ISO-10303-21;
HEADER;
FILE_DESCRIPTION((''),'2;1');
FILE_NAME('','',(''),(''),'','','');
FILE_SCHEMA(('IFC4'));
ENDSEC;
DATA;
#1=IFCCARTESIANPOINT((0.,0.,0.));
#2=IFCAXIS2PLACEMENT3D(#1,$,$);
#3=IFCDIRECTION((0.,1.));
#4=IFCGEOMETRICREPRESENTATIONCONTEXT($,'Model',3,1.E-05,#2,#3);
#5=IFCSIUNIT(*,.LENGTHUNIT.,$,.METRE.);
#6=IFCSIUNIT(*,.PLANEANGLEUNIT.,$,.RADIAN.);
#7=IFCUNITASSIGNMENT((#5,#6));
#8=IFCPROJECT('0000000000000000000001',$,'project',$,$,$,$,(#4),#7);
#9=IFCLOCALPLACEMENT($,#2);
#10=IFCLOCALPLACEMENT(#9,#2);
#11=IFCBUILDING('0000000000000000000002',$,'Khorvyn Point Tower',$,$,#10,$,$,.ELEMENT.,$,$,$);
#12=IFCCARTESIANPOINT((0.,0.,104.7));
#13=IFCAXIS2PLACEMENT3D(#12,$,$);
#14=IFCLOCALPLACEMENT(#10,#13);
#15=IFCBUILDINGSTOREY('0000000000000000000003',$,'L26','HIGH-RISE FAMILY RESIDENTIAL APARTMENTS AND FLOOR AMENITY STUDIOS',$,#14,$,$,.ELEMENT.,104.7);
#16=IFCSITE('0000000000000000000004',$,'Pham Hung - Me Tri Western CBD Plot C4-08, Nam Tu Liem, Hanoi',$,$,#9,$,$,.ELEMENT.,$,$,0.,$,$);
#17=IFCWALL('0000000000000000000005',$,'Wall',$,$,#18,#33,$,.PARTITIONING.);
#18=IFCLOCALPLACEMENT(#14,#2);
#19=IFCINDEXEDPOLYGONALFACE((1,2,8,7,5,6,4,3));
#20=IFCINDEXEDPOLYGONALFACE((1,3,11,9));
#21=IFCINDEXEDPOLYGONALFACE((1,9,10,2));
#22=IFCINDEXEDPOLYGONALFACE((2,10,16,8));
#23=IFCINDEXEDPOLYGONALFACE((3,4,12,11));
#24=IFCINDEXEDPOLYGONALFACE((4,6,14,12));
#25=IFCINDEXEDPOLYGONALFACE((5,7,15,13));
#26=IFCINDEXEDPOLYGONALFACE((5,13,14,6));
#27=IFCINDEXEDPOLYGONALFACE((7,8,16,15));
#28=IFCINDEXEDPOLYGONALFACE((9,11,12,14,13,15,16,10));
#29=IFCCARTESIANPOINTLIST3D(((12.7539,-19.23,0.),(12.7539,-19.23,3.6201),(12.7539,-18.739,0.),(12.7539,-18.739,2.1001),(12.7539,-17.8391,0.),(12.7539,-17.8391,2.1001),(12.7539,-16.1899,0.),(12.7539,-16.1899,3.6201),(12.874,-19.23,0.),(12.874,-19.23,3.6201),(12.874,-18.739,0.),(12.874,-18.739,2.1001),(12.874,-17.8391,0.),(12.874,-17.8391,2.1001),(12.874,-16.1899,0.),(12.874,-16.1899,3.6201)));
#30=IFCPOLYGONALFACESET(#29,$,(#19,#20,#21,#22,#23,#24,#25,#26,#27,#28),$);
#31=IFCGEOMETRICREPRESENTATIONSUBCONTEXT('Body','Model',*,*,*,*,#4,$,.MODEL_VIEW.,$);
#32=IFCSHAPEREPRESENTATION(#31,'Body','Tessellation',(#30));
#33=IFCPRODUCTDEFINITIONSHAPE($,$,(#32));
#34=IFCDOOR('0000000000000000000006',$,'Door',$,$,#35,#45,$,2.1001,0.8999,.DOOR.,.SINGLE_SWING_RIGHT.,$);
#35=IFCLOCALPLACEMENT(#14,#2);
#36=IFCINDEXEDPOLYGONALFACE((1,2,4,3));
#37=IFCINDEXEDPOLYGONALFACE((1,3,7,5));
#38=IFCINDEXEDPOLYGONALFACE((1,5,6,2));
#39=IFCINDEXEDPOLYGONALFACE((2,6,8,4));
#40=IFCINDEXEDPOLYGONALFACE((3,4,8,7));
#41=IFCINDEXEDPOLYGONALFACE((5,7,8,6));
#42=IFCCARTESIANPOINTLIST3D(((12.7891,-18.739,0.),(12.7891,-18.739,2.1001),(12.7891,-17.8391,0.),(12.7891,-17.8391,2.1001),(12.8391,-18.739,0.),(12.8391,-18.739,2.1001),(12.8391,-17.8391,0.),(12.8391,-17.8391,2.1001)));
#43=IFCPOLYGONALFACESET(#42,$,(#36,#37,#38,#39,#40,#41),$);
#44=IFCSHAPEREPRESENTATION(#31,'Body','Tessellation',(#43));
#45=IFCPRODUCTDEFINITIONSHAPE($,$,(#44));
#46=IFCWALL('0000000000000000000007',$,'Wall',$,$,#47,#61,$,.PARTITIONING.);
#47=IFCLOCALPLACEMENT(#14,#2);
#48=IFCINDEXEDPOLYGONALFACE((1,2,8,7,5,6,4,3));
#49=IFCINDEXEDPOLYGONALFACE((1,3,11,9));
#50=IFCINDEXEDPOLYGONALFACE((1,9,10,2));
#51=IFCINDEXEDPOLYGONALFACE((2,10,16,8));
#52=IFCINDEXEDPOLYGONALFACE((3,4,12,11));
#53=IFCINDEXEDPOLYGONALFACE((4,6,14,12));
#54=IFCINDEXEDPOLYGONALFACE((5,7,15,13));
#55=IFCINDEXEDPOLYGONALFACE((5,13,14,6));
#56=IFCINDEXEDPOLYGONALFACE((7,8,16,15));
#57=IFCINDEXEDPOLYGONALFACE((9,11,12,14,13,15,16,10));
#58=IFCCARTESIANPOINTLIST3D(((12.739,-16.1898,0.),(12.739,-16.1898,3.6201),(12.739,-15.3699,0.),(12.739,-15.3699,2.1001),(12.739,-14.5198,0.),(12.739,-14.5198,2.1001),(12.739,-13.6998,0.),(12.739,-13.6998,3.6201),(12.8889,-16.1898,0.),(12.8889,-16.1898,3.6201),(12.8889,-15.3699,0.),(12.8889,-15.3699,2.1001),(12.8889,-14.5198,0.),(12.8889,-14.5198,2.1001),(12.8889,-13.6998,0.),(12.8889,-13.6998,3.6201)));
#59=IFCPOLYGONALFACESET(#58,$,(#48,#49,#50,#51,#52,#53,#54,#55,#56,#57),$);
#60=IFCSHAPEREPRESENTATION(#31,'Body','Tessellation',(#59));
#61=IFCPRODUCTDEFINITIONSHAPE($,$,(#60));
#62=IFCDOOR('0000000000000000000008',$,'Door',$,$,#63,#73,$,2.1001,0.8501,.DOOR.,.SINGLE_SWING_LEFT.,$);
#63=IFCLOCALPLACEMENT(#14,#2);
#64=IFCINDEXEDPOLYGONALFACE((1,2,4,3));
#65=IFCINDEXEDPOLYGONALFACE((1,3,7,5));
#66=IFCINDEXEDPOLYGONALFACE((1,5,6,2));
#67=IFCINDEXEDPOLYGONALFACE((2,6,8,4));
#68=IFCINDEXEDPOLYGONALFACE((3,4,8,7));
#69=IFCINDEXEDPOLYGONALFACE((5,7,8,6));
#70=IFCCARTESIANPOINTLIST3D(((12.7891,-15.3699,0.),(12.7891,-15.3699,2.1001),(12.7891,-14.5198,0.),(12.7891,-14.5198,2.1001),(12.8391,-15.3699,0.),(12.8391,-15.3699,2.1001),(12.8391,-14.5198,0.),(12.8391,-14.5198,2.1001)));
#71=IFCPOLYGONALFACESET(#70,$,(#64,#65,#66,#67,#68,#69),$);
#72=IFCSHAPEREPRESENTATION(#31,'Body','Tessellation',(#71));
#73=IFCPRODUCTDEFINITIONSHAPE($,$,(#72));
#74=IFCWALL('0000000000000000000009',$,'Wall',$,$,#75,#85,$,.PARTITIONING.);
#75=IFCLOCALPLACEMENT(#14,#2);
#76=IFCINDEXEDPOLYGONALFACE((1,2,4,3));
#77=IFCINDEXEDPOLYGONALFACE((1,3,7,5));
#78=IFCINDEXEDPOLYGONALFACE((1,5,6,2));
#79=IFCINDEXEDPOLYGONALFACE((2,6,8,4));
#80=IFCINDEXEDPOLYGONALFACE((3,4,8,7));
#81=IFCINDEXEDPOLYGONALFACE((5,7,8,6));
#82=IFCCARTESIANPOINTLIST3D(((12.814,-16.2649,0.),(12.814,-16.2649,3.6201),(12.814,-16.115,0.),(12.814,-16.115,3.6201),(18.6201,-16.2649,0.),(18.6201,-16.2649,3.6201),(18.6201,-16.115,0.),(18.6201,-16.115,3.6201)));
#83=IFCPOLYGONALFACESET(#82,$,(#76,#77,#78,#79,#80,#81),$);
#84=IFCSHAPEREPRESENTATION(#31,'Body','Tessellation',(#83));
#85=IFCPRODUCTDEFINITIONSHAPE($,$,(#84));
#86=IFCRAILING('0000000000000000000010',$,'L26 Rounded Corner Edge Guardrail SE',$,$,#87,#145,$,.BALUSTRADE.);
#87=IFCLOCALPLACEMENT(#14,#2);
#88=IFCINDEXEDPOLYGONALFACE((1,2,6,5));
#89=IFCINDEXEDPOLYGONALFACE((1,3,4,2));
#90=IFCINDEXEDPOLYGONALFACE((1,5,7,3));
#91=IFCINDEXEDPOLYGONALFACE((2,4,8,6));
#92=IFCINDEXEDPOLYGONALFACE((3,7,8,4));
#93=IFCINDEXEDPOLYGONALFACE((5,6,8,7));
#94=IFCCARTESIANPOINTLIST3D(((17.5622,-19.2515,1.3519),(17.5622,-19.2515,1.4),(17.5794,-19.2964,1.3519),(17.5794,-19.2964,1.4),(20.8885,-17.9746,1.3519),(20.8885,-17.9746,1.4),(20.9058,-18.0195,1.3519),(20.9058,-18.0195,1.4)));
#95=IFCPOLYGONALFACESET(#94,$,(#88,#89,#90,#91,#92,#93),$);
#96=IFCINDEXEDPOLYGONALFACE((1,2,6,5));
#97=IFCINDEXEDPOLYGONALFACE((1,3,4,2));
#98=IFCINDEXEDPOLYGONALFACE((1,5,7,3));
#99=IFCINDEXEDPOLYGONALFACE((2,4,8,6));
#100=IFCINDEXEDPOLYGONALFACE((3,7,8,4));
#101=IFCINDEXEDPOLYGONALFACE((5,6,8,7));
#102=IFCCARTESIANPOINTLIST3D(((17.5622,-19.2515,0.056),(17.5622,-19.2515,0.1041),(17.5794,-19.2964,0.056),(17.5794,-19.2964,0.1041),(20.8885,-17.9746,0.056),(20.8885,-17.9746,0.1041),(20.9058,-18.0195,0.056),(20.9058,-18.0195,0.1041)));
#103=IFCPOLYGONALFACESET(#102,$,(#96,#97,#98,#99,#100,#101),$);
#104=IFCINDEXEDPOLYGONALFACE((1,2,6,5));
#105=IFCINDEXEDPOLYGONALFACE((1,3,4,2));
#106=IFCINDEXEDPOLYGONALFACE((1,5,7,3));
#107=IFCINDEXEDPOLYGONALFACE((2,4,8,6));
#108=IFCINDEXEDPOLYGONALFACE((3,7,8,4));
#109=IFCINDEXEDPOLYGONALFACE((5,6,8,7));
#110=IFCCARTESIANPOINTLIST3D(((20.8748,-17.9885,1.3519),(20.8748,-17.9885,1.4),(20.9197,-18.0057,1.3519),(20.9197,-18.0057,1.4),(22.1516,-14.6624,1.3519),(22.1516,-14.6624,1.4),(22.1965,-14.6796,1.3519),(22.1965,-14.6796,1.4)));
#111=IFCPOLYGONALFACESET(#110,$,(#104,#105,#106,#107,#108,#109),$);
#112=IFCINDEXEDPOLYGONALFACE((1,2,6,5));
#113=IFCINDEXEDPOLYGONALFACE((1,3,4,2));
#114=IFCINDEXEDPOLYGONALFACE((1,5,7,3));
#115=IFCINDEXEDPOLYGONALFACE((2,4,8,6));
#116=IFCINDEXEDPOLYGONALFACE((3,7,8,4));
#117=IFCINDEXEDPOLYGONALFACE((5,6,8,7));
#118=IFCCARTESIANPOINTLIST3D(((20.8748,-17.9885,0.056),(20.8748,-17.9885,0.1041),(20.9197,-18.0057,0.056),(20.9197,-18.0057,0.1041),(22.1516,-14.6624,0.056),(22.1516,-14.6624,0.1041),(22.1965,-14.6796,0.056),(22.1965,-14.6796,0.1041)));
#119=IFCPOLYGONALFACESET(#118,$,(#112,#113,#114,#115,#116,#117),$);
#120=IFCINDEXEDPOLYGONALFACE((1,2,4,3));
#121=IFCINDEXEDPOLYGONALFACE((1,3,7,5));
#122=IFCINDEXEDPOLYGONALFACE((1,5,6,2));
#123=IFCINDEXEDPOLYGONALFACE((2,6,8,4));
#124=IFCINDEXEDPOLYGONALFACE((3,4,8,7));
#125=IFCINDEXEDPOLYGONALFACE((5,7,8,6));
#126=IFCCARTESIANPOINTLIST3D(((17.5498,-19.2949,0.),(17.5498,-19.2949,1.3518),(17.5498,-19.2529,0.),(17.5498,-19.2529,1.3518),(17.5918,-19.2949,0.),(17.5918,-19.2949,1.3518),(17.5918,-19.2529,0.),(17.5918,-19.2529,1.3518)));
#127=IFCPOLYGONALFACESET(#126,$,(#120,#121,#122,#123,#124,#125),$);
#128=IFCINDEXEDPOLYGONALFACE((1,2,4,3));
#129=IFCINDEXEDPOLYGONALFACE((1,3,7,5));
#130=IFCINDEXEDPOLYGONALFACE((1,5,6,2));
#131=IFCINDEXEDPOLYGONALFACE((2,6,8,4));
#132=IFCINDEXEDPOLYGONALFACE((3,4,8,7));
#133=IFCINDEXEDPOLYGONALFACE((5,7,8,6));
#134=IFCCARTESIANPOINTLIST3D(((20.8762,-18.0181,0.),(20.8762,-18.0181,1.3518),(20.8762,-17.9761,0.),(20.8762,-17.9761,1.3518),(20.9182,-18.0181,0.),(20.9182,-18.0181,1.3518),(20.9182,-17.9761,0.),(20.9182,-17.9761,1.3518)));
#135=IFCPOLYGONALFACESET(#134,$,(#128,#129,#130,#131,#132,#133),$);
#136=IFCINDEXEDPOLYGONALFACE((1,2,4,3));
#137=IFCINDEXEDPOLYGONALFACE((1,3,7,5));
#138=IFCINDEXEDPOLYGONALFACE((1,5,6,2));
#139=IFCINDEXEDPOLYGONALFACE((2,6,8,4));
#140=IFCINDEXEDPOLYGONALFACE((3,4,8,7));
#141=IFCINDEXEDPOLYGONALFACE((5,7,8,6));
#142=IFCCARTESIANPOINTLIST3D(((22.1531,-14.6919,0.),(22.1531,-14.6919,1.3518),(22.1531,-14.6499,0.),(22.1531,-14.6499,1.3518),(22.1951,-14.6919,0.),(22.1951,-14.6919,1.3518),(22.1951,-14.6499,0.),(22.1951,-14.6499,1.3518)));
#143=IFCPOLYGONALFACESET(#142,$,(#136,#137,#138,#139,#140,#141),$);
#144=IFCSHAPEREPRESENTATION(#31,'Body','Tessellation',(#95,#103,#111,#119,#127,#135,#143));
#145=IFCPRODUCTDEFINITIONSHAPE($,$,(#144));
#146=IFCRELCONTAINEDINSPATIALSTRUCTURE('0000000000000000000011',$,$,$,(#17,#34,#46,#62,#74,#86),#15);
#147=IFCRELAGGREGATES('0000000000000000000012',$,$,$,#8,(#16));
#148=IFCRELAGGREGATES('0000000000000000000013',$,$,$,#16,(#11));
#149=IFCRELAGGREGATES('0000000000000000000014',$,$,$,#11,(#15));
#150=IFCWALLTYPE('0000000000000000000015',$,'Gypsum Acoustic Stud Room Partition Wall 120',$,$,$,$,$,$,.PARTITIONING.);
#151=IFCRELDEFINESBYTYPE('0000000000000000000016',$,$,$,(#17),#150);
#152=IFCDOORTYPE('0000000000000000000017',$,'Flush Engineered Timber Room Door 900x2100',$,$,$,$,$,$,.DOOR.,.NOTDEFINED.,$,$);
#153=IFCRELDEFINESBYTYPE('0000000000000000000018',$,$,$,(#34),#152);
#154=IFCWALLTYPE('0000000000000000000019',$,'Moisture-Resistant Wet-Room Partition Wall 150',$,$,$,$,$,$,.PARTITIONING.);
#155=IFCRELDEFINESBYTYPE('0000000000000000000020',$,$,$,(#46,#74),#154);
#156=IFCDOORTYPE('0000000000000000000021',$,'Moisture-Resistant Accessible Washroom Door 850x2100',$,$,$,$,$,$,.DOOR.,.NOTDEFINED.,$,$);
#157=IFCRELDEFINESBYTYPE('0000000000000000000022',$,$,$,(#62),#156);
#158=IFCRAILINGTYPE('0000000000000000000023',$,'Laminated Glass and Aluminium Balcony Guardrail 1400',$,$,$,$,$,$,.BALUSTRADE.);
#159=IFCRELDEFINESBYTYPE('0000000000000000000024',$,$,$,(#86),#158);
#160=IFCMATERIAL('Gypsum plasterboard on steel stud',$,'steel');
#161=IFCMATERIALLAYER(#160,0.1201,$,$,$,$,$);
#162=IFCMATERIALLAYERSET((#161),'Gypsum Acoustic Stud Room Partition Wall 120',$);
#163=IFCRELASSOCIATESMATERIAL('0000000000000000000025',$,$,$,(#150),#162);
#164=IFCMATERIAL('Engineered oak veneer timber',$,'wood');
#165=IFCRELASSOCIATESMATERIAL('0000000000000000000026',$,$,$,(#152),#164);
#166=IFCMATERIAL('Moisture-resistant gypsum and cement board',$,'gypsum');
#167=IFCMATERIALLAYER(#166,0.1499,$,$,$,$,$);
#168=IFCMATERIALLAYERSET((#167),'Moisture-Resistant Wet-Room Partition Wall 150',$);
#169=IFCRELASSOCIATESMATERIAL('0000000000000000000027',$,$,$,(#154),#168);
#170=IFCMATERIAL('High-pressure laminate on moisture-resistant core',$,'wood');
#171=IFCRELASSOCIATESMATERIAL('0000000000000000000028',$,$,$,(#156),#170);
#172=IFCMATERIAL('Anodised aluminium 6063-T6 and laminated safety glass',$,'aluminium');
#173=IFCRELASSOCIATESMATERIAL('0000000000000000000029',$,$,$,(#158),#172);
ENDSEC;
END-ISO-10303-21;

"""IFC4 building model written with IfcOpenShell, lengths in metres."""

from ifc_helpers import new_model, si_unit, direction, frame, frame_2d, origin, origin_2d, place, context, subcontext, project, spatial, rectangle, extrude, material, layer, layer_set, type_object, element, fill, save


model = new_model("IFC4")

# Units and contexts
model_context = context("Model", 3, precision=1e-05, world=origin(), true_north=direction((0.0, 1.0)))
body_context = subcontext(model_context, "Body", "Model", "MODEL_VIEW")
ifc_project = project(units=[si_unit("LENGTHUNIT", "METRE"), si_unit("PLANEANGLEUNIT", "RADIAN")], contexts=[model_context])

# Site, building, storey
site_placement = place(None, origin())
site = spatial("IfcSite", under=ifc_project, at=site_placement, Name="Pham Hung - Me Tri Western CBD Plot C4-08, Nam Tu Liem, Hanoi", CompositionType="ELEMENT", RefElevation=0.0)
building_placement = place(site_placement, origin())
building = spatial("IfcBuilding", under=site, at=building_placement, Name="Khorvyn Point Tower", CompositionType="ELEMENT")
storey_placement = place(building_placement, frame((0.0, 0.0, 104.7)))
storey = spatial("IfcBuildingStorey", under=building, at=storey_placement, Name="L26", Description="HIGH-RISE FAMILY RESIDENTIAL APARTMENTS AND FLOOR AMENITY STUDIOS", CompositionType="ELEMENT", Elevation=104.7)

# Walls, openings, doors
ifc_material_1 = material(Name="Gypsum plasterboard on steel stud", Category="steel")
ifc_layer_1 = layer(ifc_material_1, 0.1201)
ifc_layer_set_1 = layer_set([ifc_layer_1], Name="Gypsum Acoustic Stud Room Partition Wall 120")
wall_type_1 = type_object("IfcWallType", Name="Gypsum Acoustic Stud Room Partition Wall 120", PredefinedType="PARTITIONING", material=ifc_layer_set_1)
wall_1_placement = place(storey_placement, frame((12.814, -19.23, 0.0), z_axis=(0.0, 0.0, 1.0), x_axis=(0.0, 1.0, 0.0)))
wall_1 = element("IfcWall", 1, at=wall_1_placement, inside=storey, type_object=wall_type_1, Name="Wall", PredefinedType="PARTITIONING", context=body_context, shape_type="SweptSolid", body=[
    extrude(rectangle(XDim=3.04, YDim=0.1201, at=frame_2d((1.52, 0.0))), origin(), (0.0, 0.0, 1.0), 3.6201),
])
opening_1_placement = place(wall_1_placement, frame((0.491, 0.0, 0.0)))
opening_1 = element("IfcOpeningElement", 2, at=opening_1_placement, cuts=wall_1, PredefinedType="OPENING", context=body_context, shape_type="SweptSolid", body=[
    extrude(rectangle(XDim=0.8999, YDim=2.1001, at=frame_2d((0.45, 1.05))), frame((0.0, 0.0701, 0.0), z_axis=(0.0, -1.0, 0.0), x_axis=(1.0, 0.0, 0.0)), (0.0, 0.0, 1.0), 0.1401),
])
ifc_material_2 = material(Name="Engineered oak veneer timber", Category="wood")
door_type_1 = type_object("IfcDoorType", Name="Flush Engineered Timber Room Door 900x2100", OperationType="NOTDEFINED", PredefinedType="DOOR", material=ifc_material_2)
door_1_placement = place(opening_1_placement, origin())
door_1 = element("IfcDoor", 3, at=door_1_placement, inside=storey, type_object=door_type_1, Name="Door", OperationType="SINGLE_SWING_RIGHT", OverallHeight=2.1001, OverallWidth=0.8999, PredefinedType="DOOR", context=body_context, shape_type="SweptSolid", body=[
    extrude(rectangle(XDim=0.8999, YDim=2.1001, at=frame_2d((0.45, 1.05))), frame((0.0, 0.0249, 0.0), z_axis=(0.0, -1.0, 0.0), x_axis=(1.0, 0.0, 0.0)), (0.0, 0.0, 1.0), 0.05),
])
fill(opening_1, door_1)
ifc_material_3 = material(Name="Moisture-resistant gypsum and cement board", Category="gypsum")
ifc_layer_2 = layer(ifc_material_3, 0.1499)
ifc_layer_set_2 = layer_set([ifc_layer_2], Name="Moisture-Resistant Wet-Room Partition Wall 150")
wall_type_2 = type_object("IfcWallType", Name="Moisture-Resistant Wet-Room Partition Wall 150", PredefinedType="PARTITIONING", material=ifc_layer_set_2)
wall_2_placement = place(storey_placement, frame((12.814, -16.1899, 0.0), z_axis=(0.0, 0.0, 1.0), x_axis=(0.0, 1.0, 0.0)))
wall_2 = element("IfcWall", 4, at=wall_2_placement, inside=storey, type_object=wall_type_2, Name="Wall", PredefinedType="PARTITIONING", context=body_context, shape_type="SweptSolid", body=[
    extrude(rectangle(XDim=2.49, YDim=0.1499, at=frame_2d((1.2451, 0.0))), origin(), (0.0, 0.0, 1.0), 3.6201),
])
opening_2_placement = place(wall_2_placement, frame((0.8201, 0.0, 0.0)))
opening_2 = element("IfcOpeningElement", 5, at=opening_2_placement, cuts=wall_2, PredefinedType="OPENING", context=body_context, shape_type="SweptSolid", body=[
    extrude(rectangle(XDim=0.8501, YDim=2.1001, at=frame_2d((0.425, 1.05))), frame((0.0, 0.085, 0.0), z_axis=(0.0, -1.0, 0.0), x_axis=(1.0, 0.0, 0.0)), (0.0, 0.0, 1.0), 0.1699),
])
ifc_material_4 = material(Name="High-pressure laminate on moisture-resistant core", Category="wood")
door_type_2 = type_object("IfcDoorType", Name="Moisture-Resistant Accessible Washroom Door 850x2100", OperationType="NOTDEFINED", PredefinedType="DOOR", material=ifc_material_4)
door_2_placement = place(opening_2_placement, origin())
door_2 = element("IfcDoor", 6, at=door_2_placement, inside=storey, type_object=door_type_2, Name="Door", OperationType="SINGLE_SWING_LEFT", OverallHeight=2.1001, OverallWidth=0.8501, PredefinedType="DOOR", context=body_context, shape_type="SweptSolid", body=[
    extrude(rectangle(XDim=0.8501, YDim=2.1001, at=frame_2d((0.425, 1.05))), frame((0.0, 0.0249, 0.0), z_axis=(0.0, -1.0, 0.0), x_axis=(1.0, 0.0, 0.0)), (0.0, 0.0, 1.0), 0.05),
])
fill(opening_2, door_2)

# Wall
wall_3_placement = place(storey_placement, frame((12.814, -16.1899, 0.0), z_axis=(0.0, 0.0, 1.0), x_axis=(1.0, 0.0, 0.0)))
element("IfcWall", 7, at=wall_3_placement, inside=storey, type_object=wall_type_2, Name="Wall", PredefinedType="PARTITIONING", context=body_context, shape_type="SweptSolid", body=[
    extrude(rectangle(XDim=5.8062, YDim=0.1499, at=frame_2d((2.9031, 0.0))), origin(), (0.0, 0.0, 1.0), 3.6201),
])

# Railing
ifc_material_5 = material(Name="Anodised aluminium 6063-T6 and laminated safety glass", Category="aluminium")
railing_type = type_object("IfcRailingType", Name="Laminated Glass and Aluminium Balcony Guardrail 1400", PredefinedType="BALUSTRADE", material=ifc_material_5)
railing_1_placement = place(storey_placement, frame((17.5708, -19.2739, 0.0)))
element("IfcRailing", 8, at=railing_1_placement, inside=storey, type_object=railing_type, Name="L26 Rounded Corner Edge Guardrail SE", PredefinedType="BALUSTRADE", context=body_context, shape_type="SweptSolid", body=[
    extrude(rectangle(XDim=0.0481, YDim=0.0481, at=origin_2d()), frame((0.0, 0.0, 1.376), z_axis=(0.933584, 0.358359, 0.0), x_axis=(-0.358359, 0.933584, 0.0)), (0.0, 0.0, 1.0), 3.563),
    extrude(rectangle(XDim=0.0481, YDim=0.0481, at=origin_2d()), frame((0.0, 0.0, 0.0801), z_axis=(0.933584, 0.358359, 0.0), x_axis=(-0.358359, 0.933584, 0.0)), (0.0, 0.0, 1.0), 3.563),
    extrude(rectangle(XDim=0.0481, YDim=0.0481, at=origin_2d()), frame((3.3264, 1.2769, 1.376), z_axis=(0.358382, 0.933575, 0.0), x_axis=(-0.933575, 0.358382, 0.0)), (0.0, 0.0, 1.0), 3.5627),
    extrude(rectangle(XDim=0.0481, YDim=0.0481, at=origin_2d()), frame((3.3264, 1.2769, 0.0801), z_axis=(0.358382, 0.933575, 0.0), x_axis=(-0.933575, 0.358382, 0.0)), (0.0, 0.0, 1.0), 3.5627),
    extrude(rectangle(XDim=0.042, YDim=0.042, at=origin_2d()), origin(), (0.0, 0.0, 1.0), 1.3518),
    extrude(rectangle(XDim=0.042, YDim=0.042, at=origin_2d()), frame((3.3264, 1.2769, 0.0)), (0.0, 0.0, 1.0), 1.3518),
    extrude(rectangle(XDim=0.042, YDim=0.042, at=origin_2d()), frame((4.6033, 4.603, 0.0)), (0.0, 0.0, 1.0), 1.3518),
])

save(model, "model.ifc")
